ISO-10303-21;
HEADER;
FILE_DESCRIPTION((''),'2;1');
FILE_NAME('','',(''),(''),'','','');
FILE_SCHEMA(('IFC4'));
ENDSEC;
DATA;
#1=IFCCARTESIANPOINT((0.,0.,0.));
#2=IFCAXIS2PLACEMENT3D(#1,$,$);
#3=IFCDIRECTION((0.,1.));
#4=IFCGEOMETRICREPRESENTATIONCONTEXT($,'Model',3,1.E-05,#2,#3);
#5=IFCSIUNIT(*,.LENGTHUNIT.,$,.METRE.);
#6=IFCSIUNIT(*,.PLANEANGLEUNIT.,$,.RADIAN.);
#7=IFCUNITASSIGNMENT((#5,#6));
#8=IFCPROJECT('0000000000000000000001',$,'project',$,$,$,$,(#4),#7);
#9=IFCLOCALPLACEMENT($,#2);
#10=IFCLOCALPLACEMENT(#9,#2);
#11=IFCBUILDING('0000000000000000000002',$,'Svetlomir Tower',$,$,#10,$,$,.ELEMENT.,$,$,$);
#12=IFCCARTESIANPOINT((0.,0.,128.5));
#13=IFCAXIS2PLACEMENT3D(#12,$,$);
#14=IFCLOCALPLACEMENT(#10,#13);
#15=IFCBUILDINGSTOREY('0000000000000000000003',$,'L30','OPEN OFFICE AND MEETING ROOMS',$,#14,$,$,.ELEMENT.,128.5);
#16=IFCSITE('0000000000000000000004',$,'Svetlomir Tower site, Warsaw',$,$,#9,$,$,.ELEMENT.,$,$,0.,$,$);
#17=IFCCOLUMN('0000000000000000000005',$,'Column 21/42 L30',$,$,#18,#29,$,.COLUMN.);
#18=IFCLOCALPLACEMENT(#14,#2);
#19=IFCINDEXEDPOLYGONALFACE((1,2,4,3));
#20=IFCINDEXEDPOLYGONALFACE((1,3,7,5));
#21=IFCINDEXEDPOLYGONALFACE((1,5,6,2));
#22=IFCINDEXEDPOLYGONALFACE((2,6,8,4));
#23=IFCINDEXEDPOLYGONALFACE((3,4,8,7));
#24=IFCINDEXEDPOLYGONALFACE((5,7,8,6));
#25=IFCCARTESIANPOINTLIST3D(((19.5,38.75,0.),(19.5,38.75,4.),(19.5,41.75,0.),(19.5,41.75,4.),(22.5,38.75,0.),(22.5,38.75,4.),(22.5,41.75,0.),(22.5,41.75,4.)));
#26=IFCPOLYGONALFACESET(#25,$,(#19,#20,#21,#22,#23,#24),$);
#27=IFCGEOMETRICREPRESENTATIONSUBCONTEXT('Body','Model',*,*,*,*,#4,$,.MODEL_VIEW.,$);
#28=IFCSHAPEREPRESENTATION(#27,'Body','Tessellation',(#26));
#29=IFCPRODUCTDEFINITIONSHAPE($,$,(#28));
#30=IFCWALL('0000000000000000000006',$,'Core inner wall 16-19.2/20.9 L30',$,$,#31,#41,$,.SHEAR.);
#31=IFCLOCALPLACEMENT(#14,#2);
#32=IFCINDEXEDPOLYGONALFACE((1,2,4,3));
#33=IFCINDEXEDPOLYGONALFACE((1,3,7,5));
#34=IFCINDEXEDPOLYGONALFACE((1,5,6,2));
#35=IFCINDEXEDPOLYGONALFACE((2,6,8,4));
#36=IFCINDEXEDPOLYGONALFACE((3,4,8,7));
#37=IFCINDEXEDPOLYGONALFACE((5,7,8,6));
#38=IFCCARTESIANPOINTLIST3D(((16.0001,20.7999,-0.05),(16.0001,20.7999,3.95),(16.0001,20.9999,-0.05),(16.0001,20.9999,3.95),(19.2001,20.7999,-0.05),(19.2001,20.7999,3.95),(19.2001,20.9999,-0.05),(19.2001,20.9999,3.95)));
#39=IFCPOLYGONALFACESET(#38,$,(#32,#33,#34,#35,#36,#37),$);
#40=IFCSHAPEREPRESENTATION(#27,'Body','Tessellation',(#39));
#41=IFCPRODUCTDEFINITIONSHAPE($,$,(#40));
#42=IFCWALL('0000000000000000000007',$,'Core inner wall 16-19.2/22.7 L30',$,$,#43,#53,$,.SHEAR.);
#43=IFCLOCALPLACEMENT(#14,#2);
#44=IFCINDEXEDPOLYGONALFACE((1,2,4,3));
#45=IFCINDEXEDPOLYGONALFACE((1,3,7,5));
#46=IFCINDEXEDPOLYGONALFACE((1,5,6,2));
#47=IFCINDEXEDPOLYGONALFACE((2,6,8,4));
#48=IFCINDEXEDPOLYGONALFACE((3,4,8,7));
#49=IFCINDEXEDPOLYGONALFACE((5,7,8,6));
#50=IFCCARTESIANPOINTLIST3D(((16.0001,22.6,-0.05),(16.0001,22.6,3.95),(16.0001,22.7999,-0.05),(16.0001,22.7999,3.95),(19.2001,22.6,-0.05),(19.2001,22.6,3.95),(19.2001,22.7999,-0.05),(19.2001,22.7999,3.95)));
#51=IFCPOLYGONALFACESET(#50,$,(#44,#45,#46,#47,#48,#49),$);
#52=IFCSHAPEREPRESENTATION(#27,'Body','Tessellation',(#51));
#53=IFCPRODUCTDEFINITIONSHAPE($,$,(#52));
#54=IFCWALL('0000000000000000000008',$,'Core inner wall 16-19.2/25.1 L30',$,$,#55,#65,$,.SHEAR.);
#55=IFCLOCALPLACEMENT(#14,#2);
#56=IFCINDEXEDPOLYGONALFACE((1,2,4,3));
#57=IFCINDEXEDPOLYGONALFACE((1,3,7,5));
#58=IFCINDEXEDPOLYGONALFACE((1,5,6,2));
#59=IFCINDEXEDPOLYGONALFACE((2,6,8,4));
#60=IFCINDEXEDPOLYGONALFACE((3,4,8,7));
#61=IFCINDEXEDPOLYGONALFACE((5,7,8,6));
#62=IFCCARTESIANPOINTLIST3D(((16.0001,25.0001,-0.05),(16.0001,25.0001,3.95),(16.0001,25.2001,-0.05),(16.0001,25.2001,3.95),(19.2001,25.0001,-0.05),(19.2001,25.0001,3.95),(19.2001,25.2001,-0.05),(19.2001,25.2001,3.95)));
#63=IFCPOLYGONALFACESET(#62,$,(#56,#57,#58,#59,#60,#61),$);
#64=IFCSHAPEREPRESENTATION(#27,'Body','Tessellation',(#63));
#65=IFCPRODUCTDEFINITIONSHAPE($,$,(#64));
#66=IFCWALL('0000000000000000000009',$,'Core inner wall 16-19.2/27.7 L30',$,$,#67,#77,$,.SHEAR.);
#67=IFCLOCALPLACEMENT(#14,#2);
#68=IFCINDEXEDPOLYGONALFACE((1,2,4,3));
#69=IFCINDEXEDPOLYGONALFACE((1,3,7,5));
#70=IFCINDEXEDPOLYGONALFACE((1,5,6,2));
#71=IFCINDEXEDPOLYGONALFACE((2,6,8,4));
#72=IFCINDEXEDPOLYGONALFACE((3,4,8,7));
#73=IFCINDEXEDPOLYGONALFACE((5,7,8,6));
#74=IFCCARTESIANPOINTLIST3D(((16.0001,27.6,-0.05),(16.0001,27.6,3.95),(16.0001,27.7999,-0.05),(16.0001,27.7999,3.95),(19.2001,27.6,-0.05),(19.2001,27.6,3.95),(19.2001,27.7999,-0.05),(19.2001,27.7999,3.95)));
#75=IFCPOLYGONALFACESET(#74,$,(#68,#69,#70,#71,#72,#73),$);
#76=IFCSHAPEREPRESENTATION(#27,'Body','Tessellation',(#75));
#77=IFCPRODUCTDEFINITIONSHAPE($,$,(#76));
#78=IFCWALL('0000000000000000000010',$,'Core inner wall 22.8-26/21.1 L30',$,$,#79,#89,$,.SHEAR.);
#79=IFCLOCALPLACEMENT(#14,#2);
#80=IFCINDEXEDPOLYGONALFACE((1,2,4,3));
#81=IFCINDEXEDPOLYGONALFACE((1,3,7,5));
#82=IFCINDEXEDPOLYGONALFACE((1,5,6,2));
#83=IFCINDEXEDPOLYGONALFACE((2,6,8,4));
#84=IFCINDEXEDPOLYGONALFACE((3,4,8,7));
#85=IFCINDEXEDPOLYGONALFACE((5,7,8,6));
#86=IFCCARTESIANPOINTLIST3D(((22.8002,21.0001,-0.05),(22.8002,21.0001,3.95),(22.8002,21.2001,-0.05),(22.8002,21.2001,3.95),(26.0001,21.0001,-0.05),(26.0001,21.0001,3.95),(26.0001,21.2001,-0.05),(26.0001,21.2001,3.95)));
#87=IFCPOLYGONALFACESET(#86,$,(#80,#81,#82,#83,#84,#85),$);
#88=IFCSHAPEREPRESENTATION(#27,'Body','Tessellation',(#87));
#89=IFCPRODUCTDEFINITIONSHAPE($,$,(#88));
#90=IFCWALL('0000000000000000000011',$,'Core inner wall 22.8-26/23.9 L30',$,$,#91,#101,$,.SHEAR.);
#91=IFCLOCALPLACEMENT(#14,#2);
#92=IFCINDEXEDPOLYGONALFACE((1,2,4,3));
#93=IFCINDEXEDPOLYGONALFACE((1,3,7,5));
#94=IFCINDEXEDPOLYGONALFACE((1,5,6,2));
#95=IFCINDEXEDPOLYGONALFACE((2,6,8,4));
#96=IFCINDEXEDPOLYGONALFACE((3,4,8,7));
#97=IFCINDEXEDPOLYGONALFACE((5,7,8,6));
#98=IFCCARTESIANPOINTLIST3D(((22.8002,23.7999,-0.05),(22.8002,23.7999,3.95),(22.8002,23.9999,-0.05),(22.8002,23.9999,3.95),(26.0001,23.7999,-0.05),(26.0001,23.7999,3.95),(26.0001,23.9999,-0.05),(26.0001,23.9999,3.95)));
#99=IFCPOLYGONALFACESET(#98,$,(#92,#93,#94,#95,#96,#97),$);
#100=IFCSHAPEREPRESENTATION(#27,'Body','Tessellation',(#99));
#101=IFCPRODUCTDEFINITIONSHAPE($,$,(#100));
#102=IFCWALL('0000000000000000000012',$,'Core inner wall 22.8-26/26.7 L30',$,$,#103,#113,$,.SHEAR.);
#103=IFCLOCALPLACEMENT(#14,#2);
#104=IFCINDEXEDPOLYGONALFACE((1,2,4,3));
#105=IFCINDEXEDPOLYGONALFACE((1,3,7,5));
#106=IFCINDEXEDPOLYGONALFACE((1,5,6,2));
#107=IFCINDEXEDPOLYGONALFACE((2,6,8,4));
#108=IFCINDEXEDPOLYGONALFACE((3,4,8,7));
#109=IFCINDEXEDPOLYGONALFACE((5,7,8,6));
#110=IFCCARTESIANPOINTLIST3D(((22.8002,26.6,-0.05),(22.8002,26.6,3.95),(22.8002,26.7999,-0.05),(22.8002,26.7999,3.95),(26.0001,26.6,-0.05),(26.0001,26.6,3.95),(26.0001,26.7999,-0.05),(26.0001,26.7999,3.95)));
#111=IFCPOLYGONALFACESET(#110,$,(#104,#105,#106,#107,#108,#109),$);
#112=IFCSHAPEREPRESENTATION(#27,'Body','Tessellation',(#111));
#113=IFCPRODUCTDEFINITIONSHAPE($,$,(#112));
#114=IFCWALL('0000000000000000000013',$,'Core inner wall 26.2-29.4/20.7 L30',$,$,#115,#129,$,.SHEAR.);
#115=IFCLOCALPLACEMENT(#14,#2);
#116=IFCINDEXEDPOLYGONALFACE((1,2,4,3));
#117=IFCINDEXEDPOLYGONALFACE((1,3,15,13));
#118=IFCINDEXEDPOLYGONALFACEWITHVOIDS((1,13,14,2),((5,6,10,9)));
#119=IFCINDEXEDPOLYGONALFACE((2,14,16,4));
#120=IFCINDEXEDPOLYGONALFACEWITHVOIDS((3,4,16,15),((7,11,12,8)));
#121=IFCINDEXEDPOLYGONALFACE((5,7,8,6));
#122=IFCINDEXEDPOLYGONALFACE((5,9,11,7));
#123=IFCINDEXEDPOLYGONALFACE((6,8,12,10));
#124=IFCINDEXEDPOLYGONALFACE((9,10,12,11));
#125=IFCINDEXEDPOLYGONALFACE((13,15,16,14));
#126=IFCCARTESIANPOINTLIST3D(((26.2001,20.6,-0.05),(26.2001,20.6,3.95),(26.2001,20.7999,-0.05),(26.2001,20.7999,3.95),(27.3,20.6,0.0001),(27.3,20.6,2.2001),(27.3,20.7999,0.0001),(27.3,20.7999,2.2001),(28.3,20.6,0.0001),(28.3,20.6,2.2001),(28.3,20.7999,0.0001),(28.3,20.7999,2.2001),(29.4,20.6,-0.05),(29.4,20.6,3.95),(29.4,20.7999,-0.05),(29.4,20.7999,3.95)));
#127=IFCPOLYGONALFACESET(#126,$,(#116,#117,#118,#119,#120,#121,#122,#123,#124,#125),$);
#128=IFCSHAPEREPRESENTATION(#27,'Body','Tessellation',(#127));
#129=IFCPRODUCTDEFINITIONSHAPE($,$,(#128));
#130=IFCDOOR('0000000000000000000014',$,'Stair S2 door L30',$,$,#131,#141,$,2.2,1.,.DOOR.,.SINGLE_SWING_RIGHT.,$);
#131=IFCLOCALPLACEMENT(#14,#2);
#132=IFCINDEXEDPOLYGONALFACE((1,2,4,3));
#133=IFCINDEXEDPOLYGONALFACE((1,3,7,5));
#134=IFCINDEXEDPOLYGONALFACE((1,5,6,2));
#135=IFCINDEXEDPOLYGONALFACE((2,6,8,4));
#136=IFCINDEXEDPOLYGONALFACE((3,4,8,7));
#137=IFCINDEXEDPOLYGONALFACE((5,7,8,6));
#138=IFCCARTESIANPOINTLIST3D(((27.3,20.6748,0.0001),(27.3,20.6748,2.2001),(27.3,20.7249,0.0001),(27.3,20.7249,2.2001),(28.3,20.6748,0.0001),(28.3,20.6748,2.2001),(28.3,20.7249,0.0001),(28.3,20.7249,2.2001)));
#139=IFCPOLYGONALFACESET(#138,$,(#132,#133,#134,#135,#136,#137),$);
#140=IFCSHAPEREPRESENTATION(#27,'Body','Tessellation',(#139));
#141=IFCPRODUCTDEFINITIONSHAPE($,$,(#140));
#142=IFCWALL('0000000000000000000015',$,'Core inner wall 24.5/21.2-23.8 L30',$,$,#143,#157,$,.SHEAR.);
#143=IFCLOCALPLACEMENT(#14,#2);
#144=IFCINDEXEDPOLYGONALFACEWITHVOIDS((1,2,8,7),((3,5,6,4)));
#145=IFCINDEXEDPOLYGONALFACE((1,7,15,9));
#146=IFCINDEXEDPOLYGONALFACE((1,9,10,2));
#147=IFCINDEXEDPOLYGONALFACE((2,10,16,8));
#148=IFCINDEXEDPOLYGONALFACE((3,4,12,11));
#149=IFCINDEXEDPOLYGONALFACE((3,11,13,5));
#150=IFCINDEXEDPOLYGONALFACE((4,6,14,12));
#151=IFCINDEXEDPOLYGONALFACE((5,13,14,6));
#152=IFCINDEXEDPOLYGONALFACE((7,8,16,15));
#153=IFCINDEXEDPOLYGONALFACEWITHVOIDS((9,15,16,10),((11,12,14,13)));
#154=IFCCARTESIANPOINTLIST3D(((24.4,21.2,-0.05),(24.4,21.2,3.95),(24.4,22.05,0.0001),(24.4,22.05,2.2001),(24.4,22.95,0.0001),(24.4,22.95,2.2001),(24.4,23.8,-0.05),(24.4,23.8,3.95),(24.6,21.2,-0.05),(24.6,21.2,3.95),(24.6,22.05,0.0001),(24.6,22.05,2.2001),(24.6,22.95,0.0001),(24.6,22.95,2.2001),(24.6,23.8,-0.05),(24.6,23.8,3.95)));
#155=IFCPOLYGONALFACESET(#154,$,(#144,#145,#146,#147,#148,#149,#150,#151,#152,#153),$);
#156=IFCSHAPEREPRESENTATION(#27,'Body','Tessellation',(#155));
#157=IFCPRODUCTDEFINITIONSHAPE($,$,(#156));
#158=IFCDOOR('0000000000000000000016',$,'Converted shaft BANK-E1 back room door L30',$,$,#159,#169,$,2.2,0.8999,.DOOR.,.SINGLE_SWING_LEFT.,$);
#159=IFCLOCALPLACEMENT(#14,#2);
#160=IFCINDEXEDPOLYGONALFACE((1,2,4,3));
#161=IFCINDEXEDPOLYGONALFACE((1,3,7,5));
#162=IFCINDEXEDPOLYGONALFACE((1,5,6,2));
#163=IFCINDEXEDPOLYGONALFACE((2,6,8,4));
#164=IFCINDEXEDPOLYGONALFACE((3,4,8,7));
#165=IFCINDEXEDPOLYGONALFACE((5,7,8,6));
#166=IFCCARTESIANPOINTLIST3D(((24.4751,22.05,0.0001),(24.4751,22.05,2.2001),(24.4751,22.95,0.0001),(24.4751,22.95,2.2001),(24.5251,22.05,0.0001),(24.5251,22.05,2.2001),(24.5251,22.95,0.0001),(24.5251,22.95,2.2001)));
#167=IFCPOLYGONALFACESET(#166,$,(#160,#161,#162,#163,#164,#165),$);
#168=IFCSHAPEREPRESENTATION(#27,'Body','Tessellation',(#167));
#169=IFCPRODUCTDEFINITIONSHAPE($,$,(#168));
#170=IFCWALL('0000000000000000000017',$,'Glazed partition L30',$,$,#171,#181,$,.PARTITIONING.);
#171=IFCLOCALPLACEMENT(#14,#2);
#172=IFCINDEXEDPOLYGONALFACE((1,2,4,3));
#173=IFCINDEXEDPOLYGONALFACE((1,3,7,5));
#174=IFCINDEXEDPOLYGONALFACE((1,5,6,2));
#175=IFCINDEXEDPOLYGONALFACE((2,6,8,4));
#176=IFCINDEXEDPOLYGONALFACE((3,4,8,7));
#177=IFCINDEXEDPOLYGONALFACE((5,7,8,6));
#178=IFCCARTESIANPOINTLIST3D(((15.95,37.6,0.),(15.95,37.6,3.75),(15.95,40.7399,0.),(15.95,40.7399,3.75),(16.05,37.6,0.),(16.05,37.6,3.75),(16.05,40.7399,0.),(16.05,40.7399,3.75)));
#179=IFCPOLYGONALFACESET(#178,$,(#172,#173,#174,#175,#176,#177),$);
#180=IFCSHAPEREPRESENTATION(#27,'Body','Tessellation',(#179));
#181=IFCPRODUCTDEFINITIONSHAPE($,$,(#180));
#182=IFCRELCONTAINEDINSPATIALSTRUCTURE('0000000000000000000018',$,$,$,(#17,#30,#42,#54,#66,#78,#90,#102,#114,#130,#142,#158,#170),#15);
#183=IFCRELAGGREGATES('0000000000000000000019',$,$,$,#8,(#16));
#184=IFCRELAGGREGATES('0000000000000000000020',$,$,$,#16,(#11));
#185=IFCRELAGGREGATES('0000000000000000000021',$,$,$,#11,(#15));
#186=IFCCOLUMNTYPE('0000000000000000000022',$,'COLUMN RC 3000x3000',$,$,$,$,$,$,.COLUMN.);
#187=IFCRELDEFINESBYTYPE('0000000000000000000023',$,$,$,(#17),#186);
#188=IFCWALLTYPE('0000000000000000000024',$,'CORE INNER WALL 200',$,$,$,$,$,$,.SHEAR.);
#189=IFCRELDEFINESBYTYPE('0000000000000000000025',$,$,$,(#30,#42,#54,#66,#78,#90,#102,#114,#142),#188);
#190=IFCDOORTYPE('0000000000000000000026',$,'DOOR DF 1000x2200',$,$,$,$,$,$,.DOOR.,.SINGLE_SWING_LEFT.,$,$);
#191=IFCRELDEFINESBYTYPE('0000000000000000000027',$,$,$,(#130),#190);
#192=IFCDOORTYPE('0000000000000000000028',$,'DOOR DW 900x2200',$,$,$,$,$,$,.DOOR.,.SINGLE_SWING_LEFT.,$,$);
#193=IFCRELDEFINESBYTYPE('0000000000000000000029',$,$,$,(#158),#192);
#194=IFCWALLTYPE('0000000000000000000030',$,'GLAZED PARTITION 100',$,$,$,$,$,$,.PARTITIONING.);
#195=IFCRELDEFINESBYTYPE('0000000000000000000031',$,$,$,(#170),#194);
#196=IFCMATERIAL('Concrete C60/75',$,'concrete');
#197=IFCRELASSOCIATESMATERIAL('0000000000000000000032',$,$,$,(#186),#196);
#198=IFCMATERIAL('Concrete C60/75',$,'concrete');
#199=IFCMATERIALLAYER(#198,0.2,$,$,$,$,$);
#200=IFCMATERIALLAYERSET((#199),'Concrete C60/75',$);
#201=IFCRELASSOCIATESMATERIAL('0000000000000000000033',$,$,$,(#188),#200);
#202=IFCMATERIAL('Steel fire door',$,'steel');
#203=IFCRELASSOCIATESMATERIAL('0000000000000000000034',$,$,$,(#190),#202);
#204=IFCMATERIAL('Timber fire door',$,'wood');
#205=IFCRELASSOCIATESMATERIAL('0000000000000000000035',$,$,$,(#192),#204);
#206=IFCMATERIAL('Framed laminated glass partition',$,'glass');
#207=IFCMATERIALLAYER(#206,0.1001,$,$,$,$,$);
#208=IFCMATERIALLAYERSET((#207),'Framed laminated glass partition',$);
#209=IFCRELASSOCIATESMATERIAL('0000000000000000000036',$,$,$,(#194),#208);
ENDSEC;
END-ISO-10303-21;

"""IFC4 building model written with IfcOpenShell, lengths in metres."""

from ifc_helpers import new_model, si_unit, direction, frame, frame_2d, origin, origin_2d, place, context, subcontext, project, spatial, rectangle, extrude, material, layer, layer_set, material_profile, profile_set, type_object, element, fill, save


model = new_model("IFC4")

# Units and contexts
model_context = context("Model", 3, precision=1e-05, world=origin(), true_north=direction((0.0, 1.0)))
body_context = subcontext(model_context, "Body", "Model", "MODEL_VIEW")
ifc_project = project(units=[si_unit("LENGTHUNIT", "METRE"), si_unit("PLANEANGLEUNIT", "RADIAN")], contexts=[model_context])

# Site, building, storey
site_placement = place(None, origin())
site = spatial("IfcSite", under=ifc_project, at=site_placement, Name="Svetlomir Tower site, Warsaw", CompositionType="ELEMENT", RefElevation=0.0)
building_placement = place(site_placement, origin())
building = spatial("IfcBuilding", under=site, at=building_placement, Name="Svetlomir Tower", CompositionType="ELEMENT")
storey_placement = place(building_placement, frame((0.0, 0.0, 128.5)))
storey = spatial("IfcBuildingStorey", under=building, at=storey_placement, Name="L30", Description="OPEN OFFICE AND MEETING ROOMS", CompositionType="ELEMENT", Elevation=128.5)

# Column
ifc_material_1 = material(Name="Concrete C60/75", Category="concrete")
ifc_material_profile = material_profile(ifc_material_1, rectangle(XDim=3.0, YDim=3.0, at=origin_2d()), Name="RC 3000x3000")
ifc_profile_set = profile_set([ifc_material_profile], Name="Concrete C60/75")
column_type = type_object("IfcColumnType", Name="COLUMN RC 3000x3000", PredefinedType="COLUMN", material=ifc_profile_set)
column_placement = place(storey_placement, frame((21.0, 40.25, 0.0), z_axis=(0.0, 0.0, 1.0), x_axis=(1.0, 0.0, 0.0)))
element("IfcColumn", 1, at=column_placement, inside=storey, type_object=column_type, Name="Column 21/42 L30", PredefinedType="COLUMN", context=body_context, shape_type="SweptSolid", body=[
    extrude(rectangle(XDim=3.0, YDim=3.0, at=origin_2d()), origin(), (0.0, 0.0, 1.0), 4.0),
])

# Walls
ifc_material_2 = material(Name="Concrete C60/75", Category="concrete")
ifc_layer_1 = layer(ifc_material_2, 0.2)
ifc_layer_set_1 = layer_set([ifc_layer_1], Name="Concrete C60/75")
wall_type_1 = type_object("IfcWallType", Name="CORE INNER WALL 200", PredefinedType="SHEAR", material=ifc_layer_set_1)
for number, where, z_axis, x_axis, name in (
    (2, (16.0, 20.8999, -0.05), (0.0, 0.0, 1.0), (1.0, 0.0, 0.0), "Core inner wall 16-19.2/20.9 L30"),
    (3, (16.0, 22.7, -0.05), (0.0, 0.0, 1.0), (1.0, 0.0, 0.0), "Core inner wall 16-19.2/22.7 L30"),
    (4, (16.0, 25.1001, -0.05), (0.0, 0.0, 1.0), (1.0, 0.0, 0.0), "Core inner wall 16-19.2/25.1 L30"),
    (5, (16.0, 27.7, -0.05), (0.0, 0.0, 1.0), (1.0, 0.0, 0.0), "Core inner wall 16-19.2/27.7 L30"),
    (6, (22.8, 21.1001, -0.05), (0.0, 0.0, 1.0), (1.0, 0.0, 0.0), "Core inner wall 22.8-26/21.1 L30"),
    (7, (22.8, 23.8999, -0.05), (0.0, 0.0, 1.0), (1.0, 0.0, 0.0), "Core inner wall 22.8-26/23.9 L30"),
    (8, (22.8, 26.7, -0.05), (0.0, 0.0, 1.0), (1.0, 0.0, 0.0), "Core inner wall 22.8-26/26.7 L30"),
):
    element("IfcWall", number, at=place(storey_placement, frame(where, z_axis=z_axis, x_axis=x_axis)), inside=storey, type_object=wall_type_1, Name=name, PredefinedType="SHEAR", context=body_context, shape_type="SweptSolid", body=[
        extrude(rectangle(XDim=3.2, YDim=0.2, at=frame_2d((1.6001, 0.0))), origin(), (0.0, 0.0, 1.0), 4.0),
    ])

# Walls, openings, doors
wall_1_placement = place(storey_placement, frame((26.2, 20.7, -0.05), z_axis=(0.0, 0.0, 1.0), x_axis=(1.0, 0.0, 0.0)))
wall_1 = element("IfcWall", 9, at=wall_1_placement, inside=storey, type_object=wall_type_1, Name="Core inner wall 26.2-29.4/20.7 L30", PredefinedType="SHEAR", context=body_context, shape_type="SweptSolid", body=[
    extrude(rectangle(XDim=3.2, YDim=0.2, at=frame_2d((1.6001, 0.0))), origin(), (0.0, 0.0, 1.0), 4.0),
])
opening_1_placement = place(wall_1_placement, frame((1.1001, 0.0, 0.05)))
opening_1 = element("IfcOpeningElement", 10, at=opening_1_placement, cuts=wall_1, PredefinedType="OPENING", context=body_context, shape_type="SweptSolid", body=[
    extrude(rectangle(XDim=1.0, YDim=2.2, at=frame_2d((0.5, 1.1001))), frame((0.0, 0.1099, 0.0), z_axis=(0.0, -1.0, 0.0), x_axis=(1.0, 0.0, 0.0)), (0.0, 0.0, 1.0), 0.22),
])
ifc_material_3 = material(Name="Steel fire door", Category="steel")
door_type_1 = type_object("IfcDoorType", Name="DOOR DF 1000x2200", OperationType="SINGLE_SWING_LEFT", PredefinedType="DOOR", material=ifc_material_3)
door_1_placement = place(opening_1_placement, origin())
door_1 = element("IfcDoor", 11, at=door_1_placement, inside=storey, type_object=door_type_1, Name="Stair S2 door L30", OperationType="SINGLE_SWING_RIGHT", OverallHeight=2.2, OverallWidth=1.0, PredefinedType="DOOR", context=body_context, shape_type="SweptSolid", body=[
    extrude(rectangle(XDim=1.0, YDim=2.2, at=frame_2d((0.5, 1.1001))), frame((0.0, 0.0249, 0.0), z_axis=(0.0, -1.0, 0.0), x_axis=(1.0, 0.0, 0.0)), (0.0, 0.0, 1.0), 0.05),
])
fill(opening_1, door_1)
wall_2_placement = place(storey_placement, frame((24.5, 21.2, -0.05), z_axis=(0.0, 0.0, 1.0), x_axis=(0.0, 1.0, 0.0)))
wall_2 = element("IfcWall", 12, at=wall_2_placement, inside=storey, type_object=wall_type_1, Name="Core inner wall 24.5/21.2-23.8 L30", PredefinedType="SHEAR", context=body_context, shape_type="SweptSolid", body=[
    extrude(rectangle(XDim=2.6001, YDim=0.2, at=frame_2d((1.3, 0.0))), origin(), (0.0, 0.0, 1.0), 4.0),
])
opening_2_placement = place(wall_2_placement, frame((0.8501, 0.0, 0.05)))
opening_2 = element("IfcOpeningElement", 13, at=opening_2_placement, cuts=wall_2, PredefinedType="OPENING", context=body_context, shape_type="SweptSolid", body=[
    extrude(rectangle(XDim=0.8999, YDim=2.2, at=frame_2d((0.45, 1.1001))), frame((0.0, 0.1099, 0.0), z_axis=(0.0, -1.0, 0.0), x_axis=(1.0, 0.0, 0.0)), (0.0, 0.0, 1.0), 0.22),
])
ifc_material_4 = material(Name="Timber fire door", Category="wood")
door_type_2 = type_object("IfcDoorType", Name="DOOR DW 900x2200", OperationType="SINGLE_SWING_LEFT", PredefinedType="DOOR", material=ifc_material_4)
door_2_placement = place(opening_2_placement, origin())
door_2 = element("IfcDoor", 14, at=door_2_placement, inside=storey, type_object=door_type_2, Name="Converted shaft BANK-E1 back room door L30", OperationType="SINGLE_SWING_LEFT", OverallHeight=2.2, OverallWidth=0.8999, PredefinedType="DOOR", context=body_context, shape_type="SweptSolid", body=[
    extrude(rectangle(XDim=0.8999, YDim=2.2, at=frame_2d((0.45, 1.1001))), frame((0.0, 0.0249, 0.0), z_axis=(0.0, -1.0, 0.0), x_axis=(1.0, 0.0, 0.0)), (0.0, 0.0, 1.0), 0.05),
])
fill(opening_2, door_2)

# Wall
ifc_material_5 = material(Name="Framed laminated glass partition", Category="glass")
ifc_layer_2 = layer(ifc_material_5, 0.1001)
ifc_layer_set_2 = layer_set([ifc_layer_2], Name="Framed laminated glass partition")
wall_type_2 = type_object("IfcWallType", Name="GLAZED PARTITION 100", PredefinedType="PARTITIONING", material=ifc_layer_set_2)
wall_3_placement = place(storey_placement, frame((16.0, 37.6001, 0.0), z_axis=(0.0, 0.0, 1.0), x_axis=(0.0, 1.0, 0.0)))
element("IfcWall", 15, at=wall_3_placement, inside=storey, type_object=wall_type_2, Name="Glazed partition L30", PredefinedType="PARTITIONING", context=body_context, shape_type="SweptSolid", body=[
    extrude(rectangle(XDim=3.1399, YDim=0.1001, at=frame_2d((1.5698, 0.0))), origin(), (0.0, 0.0, 1.0), 3.75),
])

save(model, "model.ifc")
